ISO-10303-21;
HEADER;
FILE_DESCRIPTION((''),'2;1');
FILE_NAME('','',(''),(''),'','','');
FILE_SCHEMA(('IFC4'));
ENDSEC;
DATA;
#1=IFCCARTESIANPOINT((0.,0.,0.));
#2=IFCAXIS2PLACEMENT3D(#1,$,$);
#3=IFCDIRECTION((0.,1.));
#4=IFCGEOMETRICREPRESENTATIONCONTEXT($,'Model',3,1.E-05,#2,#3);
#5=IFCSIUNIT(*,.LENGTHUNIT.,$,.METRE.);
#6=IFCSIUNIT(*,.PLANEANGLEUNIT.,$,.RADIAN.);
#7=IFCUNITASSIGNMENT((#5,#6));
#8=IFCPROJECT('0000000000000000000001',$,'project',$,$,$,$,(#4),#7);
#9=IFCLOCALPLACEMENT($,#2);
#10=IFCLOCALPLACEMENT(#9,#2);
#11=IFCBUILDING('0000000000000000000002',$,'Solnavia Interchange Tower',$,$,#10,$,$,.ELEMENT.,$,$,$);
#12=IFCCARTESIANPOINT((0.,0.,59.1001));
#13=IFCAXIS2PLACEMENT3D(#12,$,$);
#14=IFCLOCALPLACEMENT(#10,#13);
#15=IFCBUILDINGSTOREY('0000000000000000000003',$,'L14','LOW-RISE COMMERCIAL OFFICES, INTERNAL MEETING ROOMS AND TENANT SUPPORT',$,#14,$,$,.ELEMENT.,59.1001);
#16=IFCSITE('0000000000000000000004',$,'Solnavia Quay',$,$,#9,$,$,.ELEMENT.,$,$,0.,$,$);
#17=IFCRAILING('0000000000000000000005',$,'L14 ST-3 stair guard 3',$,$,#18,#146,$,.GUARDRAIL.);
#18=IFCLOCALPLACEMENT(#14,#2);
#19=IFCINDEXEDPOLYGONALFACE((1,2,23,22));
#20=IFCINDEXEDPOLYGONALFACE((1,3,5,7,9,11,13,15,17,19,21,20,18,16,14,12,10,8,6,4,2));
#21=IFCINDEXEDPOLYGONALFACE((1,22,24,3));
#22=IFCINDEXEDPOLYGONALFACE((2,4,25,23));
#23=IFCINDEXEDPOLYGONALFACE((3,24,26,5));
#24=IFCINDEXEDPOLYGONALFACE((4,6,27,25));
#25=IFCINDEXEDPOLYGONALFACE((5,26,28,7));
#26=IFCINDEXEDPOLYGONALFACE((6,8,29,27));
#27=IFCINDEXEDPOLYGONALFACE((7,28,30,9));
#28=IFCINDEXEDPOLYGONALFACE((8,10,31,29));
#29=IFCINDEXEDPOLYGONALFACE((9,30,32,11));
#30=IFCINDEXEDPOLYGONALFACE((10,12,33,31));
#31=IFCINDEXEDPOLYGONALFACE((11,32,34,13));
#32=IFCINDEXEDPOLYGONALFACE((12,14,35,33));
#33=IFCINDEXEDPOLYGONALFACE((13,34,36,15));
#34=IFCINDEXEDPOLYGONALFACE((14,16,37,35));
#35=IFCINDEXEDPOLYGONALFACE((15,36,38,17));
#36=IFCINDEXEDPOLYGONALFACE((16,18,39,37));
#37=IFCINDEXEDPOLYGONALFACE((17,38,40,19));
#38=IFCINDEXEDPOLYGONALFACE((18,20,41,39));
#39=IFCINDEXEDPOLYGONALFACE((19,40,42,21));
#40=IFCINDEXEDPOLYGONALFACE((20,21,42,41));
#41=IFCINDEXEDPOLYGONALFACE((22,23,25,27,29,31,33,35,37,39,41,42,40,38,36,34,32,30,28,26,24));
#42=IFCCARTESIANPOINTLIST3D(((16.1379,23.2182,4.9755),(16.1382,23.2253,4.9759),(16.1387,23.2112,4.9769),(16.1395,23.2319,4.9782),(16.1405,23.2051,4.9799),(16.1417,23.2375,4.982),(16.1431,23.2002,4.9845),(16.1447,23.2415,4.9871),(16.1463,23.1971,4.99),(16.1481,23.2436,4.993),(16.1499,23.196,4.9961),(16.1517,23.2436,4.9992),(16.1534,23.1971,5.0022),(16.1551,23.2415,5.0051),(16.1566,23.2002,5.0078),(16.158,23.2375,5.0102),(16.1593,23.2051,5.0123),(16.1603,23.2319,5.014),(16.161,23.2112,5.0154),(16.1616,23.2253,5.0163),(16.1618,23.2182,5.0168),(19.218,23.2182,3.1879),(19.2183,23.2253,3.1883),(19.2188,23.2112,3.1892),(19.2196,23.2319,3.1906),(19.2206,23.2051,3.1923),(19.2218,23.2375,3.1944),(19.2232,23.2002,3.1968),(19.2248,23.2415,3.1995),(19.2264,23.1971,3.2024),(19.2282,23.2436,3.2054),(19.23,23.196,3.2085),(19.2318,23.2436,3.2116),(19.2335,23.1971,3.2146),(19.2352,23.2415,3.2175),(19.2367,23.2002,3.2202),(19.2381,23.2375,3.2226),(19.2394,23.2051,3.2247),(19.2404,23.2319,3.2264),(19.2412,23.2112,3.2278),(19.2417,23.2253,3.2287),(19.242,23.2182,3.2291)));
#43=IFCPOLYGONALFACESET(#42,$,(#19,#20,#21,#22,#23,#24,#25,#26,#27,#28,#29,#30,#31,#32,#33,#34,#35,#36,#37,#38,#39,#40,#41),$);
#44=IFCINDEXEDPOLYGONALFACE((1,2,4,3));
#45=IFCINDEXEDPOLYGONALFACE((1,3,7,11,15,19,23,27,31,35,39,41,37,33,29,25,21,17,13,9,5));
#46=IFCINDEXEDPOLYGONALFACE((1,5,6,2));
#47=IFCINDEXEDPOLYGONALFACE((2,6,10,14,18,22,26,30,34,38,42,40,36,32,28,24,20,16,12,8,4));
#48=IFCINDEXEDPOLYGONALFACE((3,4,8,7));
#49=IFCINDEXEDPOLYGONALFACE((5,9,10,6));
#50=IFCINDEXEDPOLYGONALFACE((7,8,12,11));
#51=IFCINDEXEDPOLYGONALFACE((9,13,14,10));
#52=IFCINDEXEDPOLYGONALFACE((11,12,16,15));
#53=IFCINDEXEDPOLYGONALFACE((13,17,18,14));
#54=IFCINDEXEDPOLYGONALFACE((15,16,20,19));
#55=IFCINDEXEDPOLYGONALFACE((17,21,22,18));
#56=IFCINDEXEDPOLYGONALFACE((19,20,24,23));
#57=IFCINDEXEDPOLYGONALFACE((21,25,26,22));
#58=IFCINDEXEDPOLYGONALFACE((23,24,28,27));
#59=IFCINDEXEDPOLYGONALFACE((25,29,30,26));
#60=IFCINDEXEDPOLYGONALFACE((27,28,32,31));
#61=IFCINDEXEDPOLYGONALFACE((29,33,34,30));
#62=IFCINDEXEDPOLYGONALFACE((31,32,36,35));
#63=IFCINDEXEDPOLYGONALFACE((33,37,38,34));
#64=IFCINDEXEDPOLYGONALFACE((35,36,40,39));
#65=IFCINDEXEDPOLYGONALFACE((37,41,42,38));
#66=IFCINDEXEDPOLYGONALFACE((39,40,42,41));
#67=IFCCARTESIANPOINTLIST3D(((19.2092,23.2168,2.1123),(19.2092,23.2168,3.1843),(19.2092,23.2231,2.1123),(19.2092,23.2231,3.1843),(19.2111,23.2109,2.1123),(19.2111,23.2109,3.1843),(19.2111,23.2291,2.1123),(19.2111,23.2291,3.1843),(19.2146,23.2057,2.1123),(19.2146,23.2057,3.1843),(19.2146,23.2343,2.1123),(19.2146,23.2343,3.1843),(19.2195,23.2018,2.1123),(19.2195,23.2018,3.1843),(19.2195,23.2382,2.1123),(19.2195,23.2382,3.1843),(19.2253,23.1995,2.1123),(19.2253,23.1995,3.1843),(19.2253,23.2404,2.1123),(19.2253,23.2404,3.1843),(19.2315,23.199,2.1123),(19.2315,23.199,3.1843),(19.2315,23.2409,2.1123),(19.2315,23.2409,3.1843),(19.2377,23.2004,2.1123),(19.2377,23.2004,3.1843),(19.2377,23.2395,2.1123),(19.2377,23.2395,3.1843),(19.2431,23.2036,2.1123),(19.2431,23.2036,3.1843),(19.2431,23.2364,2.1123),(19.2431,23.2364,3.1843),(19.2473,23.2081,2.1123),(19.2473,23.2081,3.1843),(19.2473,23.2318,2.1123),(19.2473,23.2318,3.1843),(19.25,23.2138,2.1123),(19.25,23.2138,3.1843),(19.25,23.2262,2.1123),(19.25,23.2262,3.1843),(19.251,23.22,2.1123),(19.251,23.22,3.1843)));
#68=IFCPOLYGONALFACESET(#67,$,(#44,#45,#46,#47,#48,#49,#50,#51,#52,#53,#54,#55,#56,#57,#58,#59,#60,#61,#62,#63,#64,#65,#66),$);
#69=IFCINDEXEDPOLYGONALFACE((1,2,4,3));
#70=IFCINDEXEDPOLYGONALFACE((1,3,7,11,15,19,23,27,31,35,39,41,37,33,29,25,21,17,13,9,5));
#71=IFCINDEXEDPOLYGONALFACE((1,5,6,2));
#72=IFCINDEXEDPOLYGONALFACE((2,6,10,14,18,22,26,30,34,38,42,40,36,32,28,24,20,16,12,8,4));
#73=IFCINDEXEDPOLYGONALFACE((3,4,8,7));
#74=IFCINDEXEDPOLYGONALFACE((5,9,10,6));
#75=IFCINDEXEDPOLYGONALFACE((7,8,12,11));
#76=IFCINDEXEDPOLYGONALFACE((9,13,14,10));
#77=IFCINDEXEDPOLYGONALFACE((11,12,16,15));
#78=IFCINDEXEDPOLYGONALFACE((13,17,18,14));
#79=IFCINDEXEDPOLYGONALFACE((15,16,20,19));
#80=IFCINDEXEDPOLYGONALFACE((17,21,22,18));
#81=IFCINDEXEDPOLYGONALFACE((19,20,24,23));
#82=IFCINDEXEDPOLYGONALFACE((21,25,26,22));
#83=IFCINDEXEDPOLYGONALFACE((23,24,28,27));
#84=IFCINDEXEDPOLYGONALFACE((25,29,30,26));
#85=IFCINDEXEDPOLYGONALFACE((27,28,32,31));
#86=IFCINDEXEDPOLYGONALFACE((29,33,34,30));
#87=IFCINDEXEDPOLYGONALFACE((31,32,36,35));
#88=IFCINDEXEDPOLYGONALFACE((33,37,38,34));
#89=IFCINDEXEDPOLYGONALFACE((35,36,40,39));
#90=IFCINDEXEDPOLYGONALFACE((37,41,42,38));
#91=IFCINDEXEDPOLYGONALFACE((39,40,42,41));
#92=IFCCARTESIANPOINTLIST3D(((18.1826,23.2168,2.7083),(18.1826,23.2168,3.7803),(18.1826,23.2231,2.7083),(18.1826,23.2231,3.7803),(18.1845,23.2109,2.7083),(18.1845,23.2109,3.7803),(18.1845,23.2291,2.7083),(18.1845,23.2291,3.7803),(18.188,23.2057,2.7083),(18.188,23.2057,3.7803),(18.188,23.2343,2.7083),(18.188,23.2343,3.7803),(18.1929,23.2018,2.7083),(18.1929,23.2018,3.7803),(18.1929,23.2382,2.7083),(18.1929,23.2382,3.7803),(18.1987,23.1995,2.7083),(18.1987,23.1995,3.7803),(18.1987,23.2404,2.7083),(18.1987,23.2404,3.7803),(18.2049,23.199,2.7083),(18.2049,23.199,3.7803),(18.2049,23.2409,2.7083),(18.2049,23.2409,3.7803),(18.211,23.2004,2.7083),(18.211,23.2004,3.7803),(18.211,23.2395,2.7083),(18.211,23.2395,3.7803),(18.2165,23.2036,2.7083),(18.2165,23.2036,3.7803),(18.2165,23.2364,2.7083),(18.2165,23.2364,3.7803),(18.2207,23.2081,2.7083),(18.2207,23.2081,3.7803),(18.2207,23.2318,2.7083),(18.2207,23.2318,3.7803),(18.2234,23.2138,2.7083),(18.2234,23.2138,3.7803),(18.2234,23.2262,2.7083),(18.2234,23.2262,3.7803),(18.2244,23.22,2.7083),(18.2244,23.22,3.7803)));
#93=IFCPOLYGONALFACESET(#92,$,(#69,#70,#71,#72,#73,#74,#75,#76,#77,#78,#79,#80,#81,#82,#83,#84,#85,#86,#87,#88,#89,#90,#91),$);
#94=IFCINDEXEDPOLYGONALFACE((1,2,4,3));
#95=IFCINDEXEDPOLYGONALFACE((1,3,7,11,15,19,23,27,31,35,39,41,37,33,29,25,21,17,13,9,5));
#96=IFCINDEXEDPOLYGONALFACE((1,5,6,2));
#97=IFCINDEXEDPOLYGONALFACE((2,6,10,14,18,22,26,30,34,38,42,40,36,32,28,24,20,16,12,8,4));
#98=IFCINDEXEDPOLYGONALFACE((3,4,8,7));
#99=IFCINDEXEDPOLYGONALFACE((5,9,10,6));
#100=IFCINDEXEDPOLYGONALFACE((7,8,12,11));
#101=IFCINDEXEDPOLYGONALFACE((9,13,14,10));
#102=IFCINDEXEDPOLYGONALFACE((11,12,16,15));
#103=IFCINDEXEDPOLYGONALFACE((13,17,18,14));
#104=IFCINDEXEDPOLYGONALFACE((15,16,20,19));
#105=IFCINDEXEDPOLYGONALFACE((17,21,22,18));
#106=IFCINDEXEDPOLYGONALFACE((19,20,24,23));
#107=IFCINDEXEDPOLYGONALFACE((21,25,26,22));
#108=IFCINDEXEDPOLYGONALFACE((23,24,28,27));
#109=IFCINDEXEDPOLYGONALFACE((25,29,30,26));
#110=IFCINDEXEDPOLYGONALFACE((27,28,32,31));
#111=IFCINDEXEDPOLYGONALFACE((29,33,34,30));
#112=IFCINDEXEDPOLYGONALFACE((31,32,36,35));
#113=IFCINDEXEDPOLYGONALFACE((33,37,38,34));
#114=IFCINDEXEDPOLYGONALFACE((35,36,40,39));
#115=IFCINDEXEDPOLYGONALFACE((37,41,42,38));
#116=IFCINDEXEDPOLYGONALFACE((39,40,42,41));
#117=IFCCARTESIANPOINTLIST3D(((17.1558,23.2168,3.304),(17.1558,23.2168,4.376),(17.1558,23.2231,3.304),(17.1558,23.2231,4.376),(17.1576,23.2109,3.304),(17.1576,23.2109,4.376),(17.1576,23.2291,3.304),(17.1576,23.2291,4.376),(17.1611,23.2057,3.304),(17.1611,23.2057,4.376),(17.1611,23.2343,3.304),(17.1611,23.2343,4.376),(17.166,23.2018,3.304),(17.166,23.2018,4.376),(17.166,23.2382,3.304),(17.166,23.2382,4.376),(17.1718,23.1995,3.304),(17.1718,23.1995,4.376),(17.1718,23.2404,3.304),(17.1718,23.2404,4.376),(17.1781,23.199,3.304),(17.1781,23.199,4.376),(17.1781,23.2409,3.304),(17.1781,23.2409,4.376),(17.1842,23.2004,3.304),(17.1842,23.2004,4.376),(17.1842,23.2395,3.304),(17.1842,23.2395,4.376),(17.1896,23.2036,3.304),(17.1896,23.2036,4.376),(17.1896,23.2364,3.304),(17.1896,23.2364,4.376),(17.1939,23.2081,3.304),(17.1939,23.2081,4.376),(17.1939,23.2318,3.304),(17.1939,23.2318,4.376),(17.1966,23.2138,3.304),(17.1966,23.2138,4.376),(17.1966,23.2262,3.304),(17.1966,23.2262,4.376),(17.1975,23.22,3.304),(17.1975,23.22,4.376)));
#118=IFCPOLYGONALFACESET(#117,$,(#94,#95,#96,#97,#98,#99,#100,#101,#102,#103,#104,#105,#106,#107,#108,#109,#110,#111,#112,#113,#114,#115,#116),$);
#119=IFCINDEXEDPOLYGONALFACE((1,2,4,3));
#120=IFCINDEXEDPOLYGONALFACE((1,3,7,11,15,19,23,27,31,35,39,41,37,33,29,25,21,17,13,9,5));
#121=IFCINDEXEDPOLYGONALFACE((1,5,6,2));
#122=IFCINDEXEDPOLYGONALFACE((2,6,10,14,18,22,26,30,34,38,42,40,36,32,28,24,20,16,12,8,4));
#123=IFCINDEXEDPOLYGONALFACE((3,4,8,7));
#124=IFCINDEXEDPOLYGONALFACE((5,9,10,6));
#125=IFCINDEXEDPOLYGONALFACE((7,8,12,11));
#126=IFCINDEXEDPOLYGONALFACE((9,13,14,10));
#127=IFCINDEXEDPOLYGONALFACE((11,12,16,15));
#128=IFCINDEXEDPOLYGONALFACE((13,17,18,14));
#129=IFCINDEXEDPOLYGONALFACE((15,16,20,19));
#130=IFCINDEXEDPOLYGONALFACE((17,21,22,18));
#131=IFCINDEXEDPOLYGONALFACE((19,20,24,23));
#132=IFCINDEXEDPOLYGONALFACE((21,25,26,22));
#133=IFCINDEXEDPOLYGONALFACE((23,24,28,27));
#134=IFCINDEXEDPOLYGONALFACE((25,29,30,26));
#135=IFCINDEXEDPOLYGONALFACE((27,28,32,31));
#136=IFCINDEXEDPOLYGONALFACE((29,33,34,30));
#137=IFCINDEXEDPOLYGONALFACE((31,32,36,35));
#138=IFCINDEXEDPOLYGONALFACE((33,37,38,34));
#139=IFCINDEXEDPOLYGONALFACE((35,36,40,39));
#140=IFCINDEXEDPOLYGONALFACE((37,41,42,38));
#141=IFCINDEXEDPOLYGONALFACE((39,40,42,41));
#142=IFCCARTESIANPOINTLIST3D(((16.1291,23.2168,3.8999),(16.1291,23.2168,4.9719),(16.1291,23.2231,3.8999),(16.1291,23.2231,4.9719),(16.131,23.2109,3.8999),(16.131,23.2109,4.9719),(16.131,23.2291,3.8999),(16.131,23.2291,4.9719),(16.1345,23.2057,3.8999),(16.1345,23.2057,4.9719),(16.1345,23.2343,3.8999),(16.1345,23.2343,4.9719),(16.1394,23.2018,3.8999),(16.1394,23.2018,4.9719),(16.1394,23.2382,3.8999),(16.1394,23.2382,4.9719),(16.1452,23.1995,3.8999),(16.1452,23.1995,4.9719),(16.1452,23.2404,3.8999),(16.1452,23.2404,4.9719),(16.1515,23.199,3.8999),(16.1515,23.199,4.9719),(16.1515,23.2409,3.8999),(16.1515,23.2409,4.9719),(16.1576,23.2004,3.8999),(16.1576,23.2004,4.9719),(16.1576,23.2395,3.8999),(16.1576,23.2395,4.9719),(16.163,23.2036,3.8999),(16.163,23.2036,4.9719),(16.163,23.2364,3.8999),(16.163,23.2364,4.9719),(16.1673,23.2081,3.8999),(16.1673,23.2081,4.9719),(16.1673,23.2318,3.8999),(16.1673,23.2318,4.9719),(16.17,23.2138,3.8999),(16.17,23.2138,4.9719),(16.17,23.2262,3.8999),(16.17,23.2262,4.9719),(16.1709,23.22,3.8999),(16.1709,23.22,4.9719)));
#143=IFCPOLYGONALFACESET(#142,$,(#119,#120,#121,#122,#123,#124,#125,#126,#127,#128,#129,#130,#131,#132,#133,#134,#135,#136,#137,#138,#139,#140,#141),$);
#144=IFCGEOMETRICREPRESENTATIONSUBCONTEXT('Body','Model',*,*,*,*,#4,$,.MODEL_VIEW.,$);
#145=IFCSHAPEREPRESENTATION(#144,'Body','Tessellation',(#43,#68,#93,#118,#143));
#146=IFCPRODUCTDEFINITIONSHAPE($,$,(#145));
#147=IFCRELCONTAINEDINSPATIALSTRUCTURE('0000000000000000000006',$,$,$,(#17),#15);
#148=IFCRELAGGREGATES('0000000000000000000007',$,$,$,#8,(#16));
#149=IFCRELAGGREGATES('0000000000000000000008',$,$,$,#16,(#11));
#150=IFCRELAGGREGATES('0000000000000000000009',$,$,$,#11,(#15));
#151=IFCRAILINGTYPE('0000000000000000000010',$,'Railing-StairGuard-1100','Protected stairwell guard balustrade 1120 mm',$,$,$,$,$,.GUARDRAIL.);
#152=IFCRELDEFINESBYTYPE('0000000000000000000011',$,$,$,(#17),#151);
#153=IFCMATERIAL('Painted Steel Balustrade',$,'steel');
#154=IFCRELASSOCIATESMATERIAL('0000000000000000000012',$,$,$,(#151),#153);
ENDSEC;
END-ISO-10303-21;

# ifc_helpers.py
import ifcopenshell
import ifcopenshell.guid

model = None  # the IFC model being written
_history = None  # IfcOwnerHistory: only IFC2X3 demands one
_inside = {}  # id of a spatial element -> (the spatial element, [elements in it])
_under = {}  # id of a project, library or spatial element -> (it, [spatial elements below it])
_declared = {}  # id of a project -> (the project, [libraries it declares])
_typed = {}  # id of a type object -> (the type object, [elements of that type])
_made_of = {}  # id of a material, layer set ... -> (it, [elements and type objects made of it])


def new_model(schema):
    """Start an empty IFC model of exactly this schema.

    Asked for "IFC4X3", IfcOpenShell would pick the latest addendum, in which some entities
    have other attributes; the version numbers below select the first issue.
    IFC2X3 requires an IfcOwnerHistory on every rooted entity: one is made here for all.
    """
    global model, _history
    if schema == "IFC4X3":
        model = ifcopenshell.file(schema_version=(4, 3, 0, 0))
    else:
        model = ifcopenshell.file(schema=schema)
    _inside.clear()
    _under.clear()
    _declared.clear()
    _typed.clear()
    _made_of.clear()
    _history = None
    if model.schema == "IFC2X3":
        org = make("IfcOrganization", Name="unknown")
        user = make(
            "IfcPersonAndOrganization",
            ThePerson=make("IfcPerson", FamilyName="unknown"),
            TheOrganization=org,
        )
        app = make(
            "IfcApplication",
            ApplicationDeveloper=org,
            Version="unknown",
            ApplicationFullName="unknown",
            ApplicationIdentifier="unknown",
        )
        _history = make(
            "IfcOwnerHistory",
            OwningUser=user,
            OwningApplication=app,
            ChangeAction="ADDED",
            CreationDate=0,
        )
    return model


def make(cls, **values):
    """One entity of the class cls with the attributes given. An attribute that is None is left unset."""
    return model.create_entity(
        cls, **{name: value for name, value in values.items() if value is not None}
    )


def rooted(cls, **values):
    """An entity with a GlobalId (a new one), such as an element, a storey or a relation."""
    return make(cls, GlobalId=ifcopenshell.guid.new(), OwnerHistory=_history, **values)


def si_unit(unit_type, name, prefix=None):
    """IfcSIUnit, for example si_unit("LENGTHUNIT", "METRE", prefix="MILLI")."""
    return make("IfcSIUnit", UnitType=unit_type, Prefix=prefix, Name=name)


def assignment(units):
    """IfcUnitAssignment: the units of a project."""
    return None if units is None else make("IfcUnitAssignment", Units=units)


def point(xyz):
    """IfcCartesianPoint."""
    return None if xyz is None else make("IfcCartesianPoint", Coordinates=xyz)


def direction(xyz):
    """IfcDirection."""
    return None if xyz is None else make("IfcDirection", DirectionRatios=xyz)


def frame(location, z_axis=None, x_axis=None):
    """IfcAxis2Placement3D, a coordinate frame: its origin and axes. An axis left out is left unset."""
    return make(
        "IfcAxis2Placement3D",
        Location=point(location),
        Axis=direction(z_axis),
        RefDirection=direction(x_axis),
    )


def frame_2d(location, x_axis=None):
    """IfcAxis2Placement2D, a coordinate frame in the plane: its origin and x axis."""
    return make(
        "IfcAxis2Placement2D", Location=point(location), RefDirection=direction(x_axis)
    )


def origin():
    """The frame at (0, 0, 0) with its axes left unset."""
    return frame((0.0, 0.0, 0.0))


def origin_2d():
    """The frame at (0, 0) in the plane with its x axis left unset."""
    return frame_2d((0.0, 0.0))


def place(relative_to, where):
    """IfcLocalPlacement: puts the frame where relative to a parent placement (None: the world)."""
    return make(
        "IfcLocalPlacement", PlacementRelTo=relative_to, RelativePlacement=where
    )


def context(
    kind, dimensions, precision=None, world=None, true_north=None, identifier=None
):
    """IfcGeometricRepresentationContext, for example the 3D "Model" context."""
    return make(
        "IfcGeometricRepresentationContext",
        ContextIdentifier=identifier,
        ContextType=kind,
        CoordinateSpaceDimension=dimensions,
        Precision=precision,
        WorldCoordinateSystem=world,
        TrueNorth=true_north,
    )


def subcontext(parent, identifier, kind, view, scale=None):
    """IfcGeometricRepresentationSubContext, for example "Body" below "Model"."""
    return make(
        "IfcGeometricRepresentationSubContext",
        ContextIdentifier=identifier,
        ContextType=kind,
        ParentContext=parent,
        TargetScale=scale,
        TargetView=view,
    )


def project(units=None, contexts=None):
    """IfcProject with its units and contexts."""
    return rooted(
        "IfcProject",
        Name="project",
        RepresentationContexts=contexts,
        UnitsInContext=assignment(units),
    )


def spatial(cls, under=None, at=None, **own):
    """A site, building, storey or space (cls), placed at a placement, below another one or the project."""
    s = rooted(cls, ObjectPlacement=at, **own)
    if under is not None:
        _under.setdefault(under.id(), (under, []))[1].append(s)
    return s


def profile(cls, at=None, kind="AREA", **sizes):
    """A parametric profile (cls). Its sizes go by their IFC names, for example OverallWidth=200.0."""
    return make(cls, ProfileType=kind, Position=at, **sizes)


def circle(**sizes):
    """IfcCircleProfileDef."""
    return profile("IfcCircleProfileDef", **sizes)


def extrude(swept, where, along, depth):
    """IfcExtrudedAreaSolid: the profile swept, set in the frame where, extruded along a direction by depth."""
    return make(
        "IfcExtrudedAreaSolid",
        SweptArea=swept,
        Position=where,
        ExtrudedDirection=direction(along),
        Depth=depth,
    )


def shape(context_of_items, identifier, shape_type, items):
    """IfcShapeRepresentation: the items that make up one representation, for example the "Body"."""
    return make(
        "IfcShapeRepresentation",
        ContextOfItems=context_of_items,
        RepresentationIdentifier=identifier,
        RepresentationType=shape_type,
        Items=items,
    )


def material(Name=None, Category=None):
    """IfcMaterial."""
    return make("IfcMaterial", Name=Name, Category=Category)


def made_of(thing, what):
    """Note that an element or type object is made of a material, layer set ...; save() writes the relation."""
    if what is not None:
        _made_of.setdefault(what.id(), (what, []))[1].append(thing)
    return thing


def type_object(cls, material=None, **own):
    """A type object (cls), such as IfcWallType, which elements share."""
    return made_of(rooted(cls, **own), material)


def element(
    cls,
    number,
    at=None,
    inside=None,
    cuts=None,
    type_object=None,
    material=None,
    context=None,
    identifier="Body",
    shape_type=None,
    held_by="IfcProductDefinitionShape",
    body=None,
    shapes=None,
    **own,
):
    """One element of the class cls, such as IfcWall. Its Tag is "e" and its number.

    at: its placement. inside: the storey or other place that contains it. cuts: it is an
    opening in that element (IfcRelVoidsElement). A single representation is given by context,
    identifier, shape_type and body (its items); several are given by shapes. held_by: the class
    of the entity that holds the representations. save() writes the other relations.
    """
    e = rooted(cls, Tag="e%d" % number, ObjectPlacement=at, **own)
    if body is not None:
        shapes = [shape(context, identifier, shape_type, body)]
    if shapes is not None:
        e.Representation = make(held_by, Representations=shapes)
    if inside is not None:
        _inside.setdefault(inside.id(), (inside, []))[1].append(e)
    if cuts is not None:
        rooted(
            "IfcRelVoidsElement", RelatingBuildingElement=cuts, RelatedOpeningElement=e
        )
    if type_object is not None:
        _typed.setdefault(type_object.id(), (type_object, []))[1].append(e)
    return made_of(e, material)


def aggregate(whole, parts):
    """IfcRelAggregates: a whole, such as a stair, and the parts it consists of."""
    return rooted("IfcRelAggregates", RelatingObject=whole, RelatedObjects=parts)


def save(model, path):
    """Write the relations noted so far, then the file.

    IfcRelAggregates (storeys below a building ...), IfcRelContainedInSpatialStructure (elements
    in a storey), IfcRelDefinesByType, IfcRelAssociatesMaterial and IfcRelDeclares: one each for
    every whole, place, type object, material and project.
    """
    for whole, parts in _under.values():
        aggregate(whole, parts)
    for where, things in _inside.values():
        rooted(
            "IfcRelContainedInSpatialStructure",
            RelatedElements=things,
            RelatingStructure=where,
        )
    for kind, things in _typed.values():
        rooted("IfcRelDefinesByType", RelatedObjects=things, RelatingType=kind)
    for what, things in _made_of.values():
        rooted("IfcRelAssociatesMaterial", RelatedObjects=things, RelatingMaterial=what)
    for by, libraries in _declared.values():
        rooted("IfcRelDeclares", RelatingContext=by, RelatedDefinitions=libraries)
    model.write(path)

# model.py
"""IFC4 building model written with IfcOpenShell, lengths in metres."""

from ifc_helpers import new_model, si_unit, direction, frame, origin, origin_2d, place, context, subcontext, project, spatial, circle, extrude, material, type_object, element, save


model = new_model("IFC4")

# Units and contexts
model_context = context("Model", 3, precision=1e-05, world=origin(), true_north=direction((0.0, 1.0)))
body_context = subcontext(model_context, "Body", "Model", "MODEL_VIEW")
ifc_project = project(units=[si_unit("LENGTHUNIT", "METRE"), si_unit("PLANEANGLEUNIT", "RADIAN")], contexts=[model_context])

# Site, building, storey
site_placement = place(None, origin())
site = spatial("IfcSite", under=ifc_project, at=site_placement, Name="Solnavia Quay", CompositionType="ELEMENT", RefElevation=0.0)
building_placement = place(site_placement, origin())
building = spatial("IfcBuilding", under=site, at=building_placement, Name="Solnavia Interchange Tower", CompositionType="ELEMENT")
storey_placement = place(building_placement, frame((0.0, 0.0, 59.1001)))
storey = spatial("IfcBuildingStorey", under=building, at=storey_placement, Name="L14", Description="LOW-RISE COMMERCIAL OFFICES, INTERNAL MEETING ROOMS AND TENANT SUPPORT", CompositionType="ELEMENT", Elevation=59.1001)

# Railing
ifc_material_1 = material(Name="Painted Steel Balustrade", Category="steel")
railing_type_1 = type_object("IfcRailingType", Name="Railing-StairGuard-1100", Description="Protected stairwell guard balustrade 1120 mm", PredefinedType="GUARDRAIL", material=ifc_material_1)
railing_1_placement = place(storey_placement, frame((19.23, 23.22, 2.1123)))
element("IfcRailing", 1, at=railing_1_placement, inside=storey, type_object=railing_type_1, Name="L14 ST-3 stair guard 3", PredefinedType="GUARDRAIL", context=body_context, shape_type="SweptSolid", body=[
    extrude(circle(Radius=0.0239, at=origin_2d()), frame((0.0, 0.0, 1.0962), z_axis=(-0.864891, 0.0, 0.50196), x_axis=(0.0, -1.0, 0.0)), (0.0, 0.0, 1.0), 3.5613),
    extrude(circle(Radius=0.021, at=origin_2d()), origin(), (0.0, 0.0, 1.0), 1.072),
    extrude(circle(Radius=0.021, at=origin_2d()), frame((-1.0266, 0.0, 0.5959)), (0.0, 0.0, 1.0), 1.072),
    extrude(circle(Radius=0.021, at=origin_2d()), frame((-2.0535, 0.0, 1.1917)), (0.0, 0.0, 1.0), 1.072),
    extrude(circle(Radius=0.021, at=origin_2d()), frame((-3.0801, 0.0, 1.7876)), (0.0, 0.0, 1.0), 1.072),
])

save(model, "model.ifc")
